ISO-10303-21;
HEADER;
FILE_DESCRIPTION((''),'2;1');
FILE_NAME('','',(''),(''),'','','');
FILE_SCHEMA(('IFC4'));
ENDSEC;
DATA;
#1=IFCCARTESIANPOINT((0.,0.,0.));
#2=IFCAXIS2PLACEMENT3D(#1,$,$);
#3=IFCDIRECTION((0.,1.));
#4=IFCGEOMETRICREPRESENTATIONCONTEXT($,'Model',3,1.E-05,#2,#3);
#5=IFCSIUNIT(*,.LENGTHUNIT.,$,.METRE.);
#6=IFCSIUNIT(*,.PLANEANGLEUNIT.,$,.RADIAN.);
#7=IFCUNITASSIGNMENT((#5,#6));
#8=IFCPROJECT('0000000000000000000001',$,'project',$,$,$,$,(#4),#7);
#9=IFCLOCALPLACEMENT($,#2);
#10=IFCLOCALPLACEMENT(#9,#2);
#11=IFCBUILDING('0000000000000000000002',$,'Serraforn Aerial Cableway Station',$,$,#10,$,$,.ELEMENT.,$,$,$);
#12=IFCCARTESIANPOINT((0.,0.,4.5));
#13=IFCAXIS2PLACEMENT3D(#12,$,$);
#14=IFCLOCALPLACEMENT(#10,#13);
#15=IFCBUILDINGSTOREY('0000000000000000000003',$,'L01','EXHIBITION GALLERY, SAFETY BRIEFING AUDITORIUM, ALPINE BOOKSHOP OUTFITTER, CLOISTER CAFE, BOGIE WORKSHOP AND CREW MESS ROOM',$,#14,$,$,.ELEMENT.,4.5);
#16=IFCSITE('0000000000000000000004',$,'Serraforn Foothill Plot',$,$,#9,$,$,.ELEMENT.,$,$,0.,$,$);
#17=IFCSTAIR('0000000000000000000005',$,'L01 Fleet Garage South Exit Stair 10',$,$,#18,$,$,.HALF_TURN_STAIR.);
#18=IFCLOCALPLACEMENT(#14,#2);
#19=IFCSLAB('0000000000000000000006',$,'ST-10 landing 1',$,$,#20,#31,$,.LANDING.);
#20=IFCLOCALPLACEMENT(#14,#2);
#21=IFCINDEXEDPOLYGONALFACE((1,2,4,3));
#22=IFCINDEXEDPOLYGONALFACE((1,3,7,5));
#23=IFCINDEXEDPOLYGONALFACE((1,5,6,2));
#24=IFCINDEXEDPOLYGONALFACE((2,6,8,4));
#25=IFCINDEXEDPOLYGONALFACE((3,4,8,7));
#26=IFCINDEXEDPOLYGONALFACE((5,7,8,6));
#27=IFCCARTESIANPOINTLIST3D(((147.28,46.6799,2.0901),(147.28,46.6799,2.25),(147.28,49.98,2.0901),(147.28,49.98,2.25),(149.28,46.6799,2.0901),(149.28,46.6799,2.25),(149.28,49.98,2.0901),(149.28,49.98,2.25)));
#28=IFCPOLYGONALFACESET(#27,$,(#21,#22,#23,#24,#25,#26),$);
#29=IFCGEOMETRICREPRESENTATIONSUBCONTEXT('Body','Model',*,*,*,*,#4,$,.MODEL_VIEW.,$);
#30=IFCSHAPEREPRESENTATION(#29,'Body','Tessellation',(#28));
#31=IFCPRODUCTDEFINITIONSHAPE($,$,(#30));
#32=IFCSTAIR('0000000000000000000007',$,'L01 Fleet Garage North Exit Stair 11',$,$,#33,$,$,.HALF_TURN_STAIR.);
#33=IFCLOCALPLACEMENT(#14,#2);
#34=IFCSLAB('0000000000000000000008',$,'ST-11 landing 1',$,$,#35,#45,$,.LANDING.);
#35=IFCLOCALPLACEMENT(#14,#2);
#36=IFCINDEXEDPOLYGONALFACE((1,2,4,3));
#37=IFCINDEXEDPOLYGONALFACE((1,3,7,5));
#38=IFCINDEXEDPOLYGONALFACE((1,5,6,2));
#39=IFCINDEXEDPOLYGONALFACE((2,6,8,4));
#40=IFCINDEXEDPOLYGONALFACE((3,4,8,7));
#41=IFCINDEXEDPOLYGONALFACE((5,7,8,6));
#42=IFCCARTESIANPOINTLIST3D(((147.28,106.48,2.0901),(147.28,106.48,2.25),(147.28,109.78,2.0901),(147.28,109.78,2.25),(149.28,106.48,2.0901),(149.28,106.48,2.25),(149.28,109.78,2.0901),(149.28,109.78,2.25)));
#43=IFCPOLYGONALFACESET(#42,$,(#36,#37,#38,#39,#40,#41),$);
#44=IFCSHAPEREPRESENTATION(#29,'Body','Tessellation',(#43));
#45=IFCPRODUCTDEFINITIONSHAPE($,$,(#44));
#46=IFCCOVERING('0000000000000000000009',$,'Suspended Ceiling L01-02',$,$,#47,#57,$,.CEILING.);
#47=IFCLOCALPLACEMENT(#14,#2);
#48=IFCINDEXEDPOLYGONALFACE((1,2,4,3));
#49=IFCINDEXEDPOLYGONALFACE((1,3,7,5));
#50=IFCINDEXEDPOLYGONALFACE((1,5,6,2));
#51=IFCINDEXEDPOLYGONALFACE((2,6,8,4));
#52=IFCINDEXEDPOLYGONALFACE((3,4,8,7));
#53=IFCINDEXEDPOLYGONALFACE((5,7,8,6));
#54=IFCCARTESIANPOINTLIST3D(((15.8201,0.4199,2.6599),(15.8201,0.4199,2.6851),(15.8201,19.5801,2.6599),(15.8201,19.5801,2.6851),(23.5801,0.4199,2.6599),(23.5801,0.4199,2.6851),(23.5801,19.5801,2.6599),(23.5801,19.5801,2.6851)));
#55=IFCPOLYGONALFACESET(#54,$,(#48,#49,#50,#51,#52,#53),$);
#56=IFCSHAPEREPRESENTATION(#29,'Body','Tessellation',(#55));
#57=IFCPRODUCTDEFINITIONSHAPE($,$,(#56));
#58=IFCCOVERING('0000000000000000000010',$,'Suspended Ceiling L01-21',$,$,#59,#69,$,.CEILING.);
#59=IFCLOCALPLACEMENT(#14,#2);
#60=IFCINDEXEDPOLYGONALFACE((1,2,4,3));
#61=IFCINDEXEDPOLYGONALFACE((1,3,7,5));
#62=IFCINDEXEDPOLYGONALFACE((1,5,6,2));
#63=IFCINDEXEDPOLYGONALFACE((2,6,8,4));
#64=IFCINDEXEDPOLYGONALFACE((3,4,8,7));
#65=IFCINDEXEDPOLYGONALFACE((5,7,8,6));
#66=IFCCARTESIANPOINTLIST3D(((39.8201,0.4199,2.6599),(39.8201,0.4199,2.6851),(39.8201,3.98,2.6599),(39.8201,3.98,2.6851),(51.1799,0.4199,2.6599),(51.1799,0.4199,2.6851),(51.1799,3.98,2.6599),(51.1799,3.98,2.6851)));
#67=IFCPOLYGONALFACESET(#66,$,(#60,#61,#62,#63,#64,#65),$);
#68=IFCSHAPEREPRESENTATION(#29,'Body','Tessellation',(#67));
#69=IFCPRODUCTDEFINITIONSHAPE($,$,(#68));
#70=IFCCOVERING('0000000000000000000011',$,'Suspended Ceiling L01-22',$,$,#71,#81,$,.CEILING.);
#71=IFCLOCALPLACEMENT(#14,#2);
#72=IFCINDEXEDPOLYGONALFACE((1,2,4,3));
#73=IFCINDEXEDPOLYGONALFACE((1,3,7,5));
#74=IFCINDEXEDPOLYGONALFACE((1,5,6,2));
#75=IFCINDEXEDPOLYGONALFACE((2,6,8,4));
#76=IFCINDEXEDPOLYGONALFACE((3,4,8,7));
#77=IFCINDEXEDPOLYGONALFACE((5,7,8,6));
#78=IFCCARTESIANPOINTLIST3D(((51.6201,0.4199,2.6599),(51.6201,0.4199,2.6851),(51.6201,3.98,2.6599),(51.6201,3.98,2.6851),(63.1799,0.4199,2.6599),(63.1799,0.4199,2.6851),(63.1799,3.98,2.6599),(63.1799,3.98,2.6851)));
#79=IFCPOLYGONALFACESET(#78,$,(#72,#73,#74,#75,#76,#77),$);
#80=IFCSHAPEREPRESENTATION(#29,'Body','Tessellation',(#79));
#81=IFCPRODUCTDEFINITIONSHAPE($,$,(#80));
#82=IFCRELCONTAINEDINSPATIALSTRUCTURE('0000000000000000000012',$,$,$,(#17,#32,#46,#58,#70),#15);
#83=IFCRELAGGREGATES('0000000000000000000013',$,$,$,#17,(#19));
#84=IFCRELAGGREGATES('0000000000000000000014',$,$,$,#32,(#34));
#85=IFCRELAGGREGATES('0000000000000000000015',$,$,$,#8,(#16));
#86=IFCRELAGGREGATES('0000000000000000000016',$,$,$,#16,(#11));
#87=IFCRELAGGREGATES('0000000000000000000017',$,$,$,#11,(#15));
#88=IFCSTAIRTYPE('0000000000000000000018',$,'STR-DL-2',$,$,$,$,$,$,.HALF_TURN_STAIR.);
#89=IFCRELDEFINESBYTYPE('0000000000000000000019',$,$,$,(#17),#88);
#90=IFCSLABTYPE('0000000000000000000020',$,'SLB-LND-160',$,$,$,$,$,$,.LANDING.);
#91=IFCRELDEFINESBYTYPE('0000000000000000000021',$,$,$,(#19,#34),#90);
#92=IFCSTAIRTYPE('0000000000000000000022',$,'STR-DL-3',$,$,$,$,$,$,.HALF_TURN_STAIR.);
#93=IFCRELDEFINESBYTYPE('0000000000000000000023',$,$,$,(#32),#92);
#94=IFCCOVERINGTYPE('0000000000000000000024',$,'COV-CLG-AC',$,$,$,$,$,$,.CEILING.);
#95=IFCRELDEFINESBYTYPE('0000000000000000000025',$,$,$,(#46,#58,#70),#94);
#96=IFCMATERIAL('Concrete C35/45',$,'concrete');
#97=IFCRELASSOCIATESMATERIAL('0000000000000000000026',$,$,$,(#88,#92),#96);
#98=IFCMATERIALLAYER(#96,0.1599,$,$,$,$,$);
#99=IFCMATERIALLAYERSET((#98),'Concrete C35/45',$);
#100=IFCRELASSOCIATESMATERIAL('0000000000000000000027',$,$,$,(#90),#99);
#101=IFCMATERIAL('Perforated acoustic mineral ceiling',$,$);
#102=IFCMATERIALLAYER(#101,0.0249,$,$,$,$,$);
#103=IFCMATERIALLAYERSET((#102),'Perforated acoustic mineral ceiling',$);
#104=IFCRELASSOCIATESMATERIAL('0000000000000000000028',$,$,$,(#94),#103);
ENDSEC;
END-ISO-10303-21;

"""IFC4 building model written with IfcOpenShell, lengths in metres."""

from ifc_helpers import new_model, si_unit, direction, frame, origin, place, context, subcontext, project, spatial, polyline, outline, extrude, material, layer, layer_set, type_object, element, aggregate, save


model = new_model("IFC4")

# Units and contexts
model_context = context("Model", 3, precision=1e-05, world=origin(), true_north=direction((0.0, 1.0)))
body_context = subcontext(model_context, "Body", "Model", "MODEL_VIEW")
ifc_project = project(units=[si_unit("LENGTHUNIT", "METRE"), si_unit("PLANEANGLEUNIT", "RADIAN")], contexts=[model_context])

# Site, building, storey
site_placement = place(None, origin())
site = spatial("IfcSite", under=ifc_project, at=site_placement, Name="Serraforn Foothill Plot", CompositionType="ELEMENT", RefElevation=0.0)
building_placement = place(site_placement, origin())
building = spatial("IfcBuilding", under=site, at=building_placement, Name="Serraforn Aerial Cableway Station", CompositionType="ELEMENT")
storey_placement = place(building_placement, frame((0.0, 0.0, 4.5)))
storey = spatial("IfcBuildingStorey", under=building, at=storey_placement, Name="L01", Description="EXHIBITION GALLERY, SAFETY BRIEFING AUDITORIUM, ALPINE BOOKSHOP OUTFITTER, CLOISTER CAFE, BOGIE WORKSHOP AND CREW MESS ROOM", CompositionType="ELEMENT", Elevation=4.5)

# Stairs, slabs
ifc_material_1 = material(Name="Concrete C35/45", Category="concrete")
stair_type_1 = type_object("IfcStairType", Name="STR-DL-2", PredefinedType="HALF_TURN_STAIR", material=ifc_material_1)
stair_1_placement = place(storey_placement, origin())
stair_1 = element("IfcStair", 1, at=stair_1_placement, inside=storey, type_object=stair_type_1, Name="L01 Fleet Garage South Exit Stair 10", PredefinedType="HALF_TURN_STAIR")
ifc_layer_1 = layer(ifc_material_1, 0.1599)
ifc_layer_set_1 = layer_set([ifc_layer_1], Name="Concrete C35/45")
slab_type = type_object("IfcSlabType", Name="SLB-LND-160", PredefinedType="LANDING", material=ifc_layer_set_1)
slab_1_placement = place(storey_placement, frame((0.0, 0.0, 2.0901)))
slab_1 = element("IfcSlab", 2, at=slab_1_placement, type_object=slab_type, Name="ST-10 landing 1", PredefinedType="LANDING", context=body_context, shape_type="SweptSolid", body=[
    extrude(outline(polyline([(149.28, 49.98), (147.28, 49.98), (147.28, 46.6799), (149.28, 46.6799), (149.28, 49.98)])), origin(), (0.0, 0.0, 1.0), 0.1599),
])
aggregate(stair_1, [slab_1])
stair_type_2 = type_object("IfcStairType", Name="STR-DL-3", PredefinedType="HALF_TURN_STAIR", material=ifc_material_1)
stair_2_placement = place(storey_placement, origin())
stair_2 = element("IfcStair", 3, at=stair_2_placement, inside=storey, type_object=stair_type_2, Name="L01 Fleet Garage North Exit Stair 11", PredefinedType="HALF_TURN_STAIR")
slab_2_placement = place(storey_placement, frame((0.0, 0.0, 2.0901)))
slab_2 = element("IfcSlab", 4, at=slab_2_placement, type_object=slab_type, Name="ST-11 landing 1", PredefinedType="LANDING", context=body_context, shape_type="SweptSolid", body=[
    extrude(outline(polyline([(149.28, 109.78), (147.28, 109.78), (147.28, 106.48), (149.28, 106.48), (149.28, 109.78)])), origin(), (0.0, 0.0, 1.0), 0.1599),
])
aggregate(stair_2, [slab_2])

# Coverings
ifc_material_2 = material(Name="Perforated acoustic mineral ceiling")
ifc_layer_2 = layer(ifc_material_2, 0.0249)
ifc_layer_set_2 = layer_set([ifc_layer_2], Name="Perforated acoustic mineral ceiling")
covering_type_1 = type_object("IfcCoveringType", Name="COV-CLG-AC", PredefinedType="CEILING", material=ifc_layer_set_2)
covering_1_placement = place(storey_placement, frame((0.0, 0.0, 2.6599)))
element("IfcCovering", 5, at=covering_1_placement, inside=storey, type_object=covering_type_1, Name="Suspended Ceiling L01-02", PredefinedType="CEILING", context=body_context, shape_type="SweptSolid", body=[
    extrude(outline(polyline([(15.8201, 0.4199), (15.8201, 19.5801), (23.5801, 19.5801), (23.5801, 0.4199), (15.8201, 0.4199)])), origin(), (0.0, 0.0, 1.0), 0.0251),
])
covering_2_placement = place(storey_placement, frame((0.0, 0.0, 2.6599)))
element("IfcCovering", 6, at=covering_2_placement, inside=storey, type_object=covering_type_1, Name="Suspended Ceiling L01-21", PredefinedType="CEILING", context=body_context, shape_type="SweptSolid", body=[
    extrude(outline(polyline([(39.8201, 0.4199), (39.8201, 3.98), (51.1799, 3.98), (51.1799, 0.4199), (39.8201, 0.4199)])), origin(), (0.0, 0.0, 1.0), 0.0251),
])
covering_3_placement = place(storey_placement, frame((0.0, 0.0, 2.6599)))
element("IfcCovering", 7, at=covering_3_placement, inside=storey, type_object=covering_type_1, Name="Suspended Ceiling L01-22", PredefinedType="CEILING", context=body_context, shape_type="SweptSolid", body=[
    extrude(outline(polyline([(51.6201, 0.4199), (51.6201, 3.98), (63.1799, 3.98), (63.1799, 0.4199), (51.6201, 0.4199)])), origin(), (0.0, 0.0, 1.0), 0.0251),
])

save(model, "model.ifc")
